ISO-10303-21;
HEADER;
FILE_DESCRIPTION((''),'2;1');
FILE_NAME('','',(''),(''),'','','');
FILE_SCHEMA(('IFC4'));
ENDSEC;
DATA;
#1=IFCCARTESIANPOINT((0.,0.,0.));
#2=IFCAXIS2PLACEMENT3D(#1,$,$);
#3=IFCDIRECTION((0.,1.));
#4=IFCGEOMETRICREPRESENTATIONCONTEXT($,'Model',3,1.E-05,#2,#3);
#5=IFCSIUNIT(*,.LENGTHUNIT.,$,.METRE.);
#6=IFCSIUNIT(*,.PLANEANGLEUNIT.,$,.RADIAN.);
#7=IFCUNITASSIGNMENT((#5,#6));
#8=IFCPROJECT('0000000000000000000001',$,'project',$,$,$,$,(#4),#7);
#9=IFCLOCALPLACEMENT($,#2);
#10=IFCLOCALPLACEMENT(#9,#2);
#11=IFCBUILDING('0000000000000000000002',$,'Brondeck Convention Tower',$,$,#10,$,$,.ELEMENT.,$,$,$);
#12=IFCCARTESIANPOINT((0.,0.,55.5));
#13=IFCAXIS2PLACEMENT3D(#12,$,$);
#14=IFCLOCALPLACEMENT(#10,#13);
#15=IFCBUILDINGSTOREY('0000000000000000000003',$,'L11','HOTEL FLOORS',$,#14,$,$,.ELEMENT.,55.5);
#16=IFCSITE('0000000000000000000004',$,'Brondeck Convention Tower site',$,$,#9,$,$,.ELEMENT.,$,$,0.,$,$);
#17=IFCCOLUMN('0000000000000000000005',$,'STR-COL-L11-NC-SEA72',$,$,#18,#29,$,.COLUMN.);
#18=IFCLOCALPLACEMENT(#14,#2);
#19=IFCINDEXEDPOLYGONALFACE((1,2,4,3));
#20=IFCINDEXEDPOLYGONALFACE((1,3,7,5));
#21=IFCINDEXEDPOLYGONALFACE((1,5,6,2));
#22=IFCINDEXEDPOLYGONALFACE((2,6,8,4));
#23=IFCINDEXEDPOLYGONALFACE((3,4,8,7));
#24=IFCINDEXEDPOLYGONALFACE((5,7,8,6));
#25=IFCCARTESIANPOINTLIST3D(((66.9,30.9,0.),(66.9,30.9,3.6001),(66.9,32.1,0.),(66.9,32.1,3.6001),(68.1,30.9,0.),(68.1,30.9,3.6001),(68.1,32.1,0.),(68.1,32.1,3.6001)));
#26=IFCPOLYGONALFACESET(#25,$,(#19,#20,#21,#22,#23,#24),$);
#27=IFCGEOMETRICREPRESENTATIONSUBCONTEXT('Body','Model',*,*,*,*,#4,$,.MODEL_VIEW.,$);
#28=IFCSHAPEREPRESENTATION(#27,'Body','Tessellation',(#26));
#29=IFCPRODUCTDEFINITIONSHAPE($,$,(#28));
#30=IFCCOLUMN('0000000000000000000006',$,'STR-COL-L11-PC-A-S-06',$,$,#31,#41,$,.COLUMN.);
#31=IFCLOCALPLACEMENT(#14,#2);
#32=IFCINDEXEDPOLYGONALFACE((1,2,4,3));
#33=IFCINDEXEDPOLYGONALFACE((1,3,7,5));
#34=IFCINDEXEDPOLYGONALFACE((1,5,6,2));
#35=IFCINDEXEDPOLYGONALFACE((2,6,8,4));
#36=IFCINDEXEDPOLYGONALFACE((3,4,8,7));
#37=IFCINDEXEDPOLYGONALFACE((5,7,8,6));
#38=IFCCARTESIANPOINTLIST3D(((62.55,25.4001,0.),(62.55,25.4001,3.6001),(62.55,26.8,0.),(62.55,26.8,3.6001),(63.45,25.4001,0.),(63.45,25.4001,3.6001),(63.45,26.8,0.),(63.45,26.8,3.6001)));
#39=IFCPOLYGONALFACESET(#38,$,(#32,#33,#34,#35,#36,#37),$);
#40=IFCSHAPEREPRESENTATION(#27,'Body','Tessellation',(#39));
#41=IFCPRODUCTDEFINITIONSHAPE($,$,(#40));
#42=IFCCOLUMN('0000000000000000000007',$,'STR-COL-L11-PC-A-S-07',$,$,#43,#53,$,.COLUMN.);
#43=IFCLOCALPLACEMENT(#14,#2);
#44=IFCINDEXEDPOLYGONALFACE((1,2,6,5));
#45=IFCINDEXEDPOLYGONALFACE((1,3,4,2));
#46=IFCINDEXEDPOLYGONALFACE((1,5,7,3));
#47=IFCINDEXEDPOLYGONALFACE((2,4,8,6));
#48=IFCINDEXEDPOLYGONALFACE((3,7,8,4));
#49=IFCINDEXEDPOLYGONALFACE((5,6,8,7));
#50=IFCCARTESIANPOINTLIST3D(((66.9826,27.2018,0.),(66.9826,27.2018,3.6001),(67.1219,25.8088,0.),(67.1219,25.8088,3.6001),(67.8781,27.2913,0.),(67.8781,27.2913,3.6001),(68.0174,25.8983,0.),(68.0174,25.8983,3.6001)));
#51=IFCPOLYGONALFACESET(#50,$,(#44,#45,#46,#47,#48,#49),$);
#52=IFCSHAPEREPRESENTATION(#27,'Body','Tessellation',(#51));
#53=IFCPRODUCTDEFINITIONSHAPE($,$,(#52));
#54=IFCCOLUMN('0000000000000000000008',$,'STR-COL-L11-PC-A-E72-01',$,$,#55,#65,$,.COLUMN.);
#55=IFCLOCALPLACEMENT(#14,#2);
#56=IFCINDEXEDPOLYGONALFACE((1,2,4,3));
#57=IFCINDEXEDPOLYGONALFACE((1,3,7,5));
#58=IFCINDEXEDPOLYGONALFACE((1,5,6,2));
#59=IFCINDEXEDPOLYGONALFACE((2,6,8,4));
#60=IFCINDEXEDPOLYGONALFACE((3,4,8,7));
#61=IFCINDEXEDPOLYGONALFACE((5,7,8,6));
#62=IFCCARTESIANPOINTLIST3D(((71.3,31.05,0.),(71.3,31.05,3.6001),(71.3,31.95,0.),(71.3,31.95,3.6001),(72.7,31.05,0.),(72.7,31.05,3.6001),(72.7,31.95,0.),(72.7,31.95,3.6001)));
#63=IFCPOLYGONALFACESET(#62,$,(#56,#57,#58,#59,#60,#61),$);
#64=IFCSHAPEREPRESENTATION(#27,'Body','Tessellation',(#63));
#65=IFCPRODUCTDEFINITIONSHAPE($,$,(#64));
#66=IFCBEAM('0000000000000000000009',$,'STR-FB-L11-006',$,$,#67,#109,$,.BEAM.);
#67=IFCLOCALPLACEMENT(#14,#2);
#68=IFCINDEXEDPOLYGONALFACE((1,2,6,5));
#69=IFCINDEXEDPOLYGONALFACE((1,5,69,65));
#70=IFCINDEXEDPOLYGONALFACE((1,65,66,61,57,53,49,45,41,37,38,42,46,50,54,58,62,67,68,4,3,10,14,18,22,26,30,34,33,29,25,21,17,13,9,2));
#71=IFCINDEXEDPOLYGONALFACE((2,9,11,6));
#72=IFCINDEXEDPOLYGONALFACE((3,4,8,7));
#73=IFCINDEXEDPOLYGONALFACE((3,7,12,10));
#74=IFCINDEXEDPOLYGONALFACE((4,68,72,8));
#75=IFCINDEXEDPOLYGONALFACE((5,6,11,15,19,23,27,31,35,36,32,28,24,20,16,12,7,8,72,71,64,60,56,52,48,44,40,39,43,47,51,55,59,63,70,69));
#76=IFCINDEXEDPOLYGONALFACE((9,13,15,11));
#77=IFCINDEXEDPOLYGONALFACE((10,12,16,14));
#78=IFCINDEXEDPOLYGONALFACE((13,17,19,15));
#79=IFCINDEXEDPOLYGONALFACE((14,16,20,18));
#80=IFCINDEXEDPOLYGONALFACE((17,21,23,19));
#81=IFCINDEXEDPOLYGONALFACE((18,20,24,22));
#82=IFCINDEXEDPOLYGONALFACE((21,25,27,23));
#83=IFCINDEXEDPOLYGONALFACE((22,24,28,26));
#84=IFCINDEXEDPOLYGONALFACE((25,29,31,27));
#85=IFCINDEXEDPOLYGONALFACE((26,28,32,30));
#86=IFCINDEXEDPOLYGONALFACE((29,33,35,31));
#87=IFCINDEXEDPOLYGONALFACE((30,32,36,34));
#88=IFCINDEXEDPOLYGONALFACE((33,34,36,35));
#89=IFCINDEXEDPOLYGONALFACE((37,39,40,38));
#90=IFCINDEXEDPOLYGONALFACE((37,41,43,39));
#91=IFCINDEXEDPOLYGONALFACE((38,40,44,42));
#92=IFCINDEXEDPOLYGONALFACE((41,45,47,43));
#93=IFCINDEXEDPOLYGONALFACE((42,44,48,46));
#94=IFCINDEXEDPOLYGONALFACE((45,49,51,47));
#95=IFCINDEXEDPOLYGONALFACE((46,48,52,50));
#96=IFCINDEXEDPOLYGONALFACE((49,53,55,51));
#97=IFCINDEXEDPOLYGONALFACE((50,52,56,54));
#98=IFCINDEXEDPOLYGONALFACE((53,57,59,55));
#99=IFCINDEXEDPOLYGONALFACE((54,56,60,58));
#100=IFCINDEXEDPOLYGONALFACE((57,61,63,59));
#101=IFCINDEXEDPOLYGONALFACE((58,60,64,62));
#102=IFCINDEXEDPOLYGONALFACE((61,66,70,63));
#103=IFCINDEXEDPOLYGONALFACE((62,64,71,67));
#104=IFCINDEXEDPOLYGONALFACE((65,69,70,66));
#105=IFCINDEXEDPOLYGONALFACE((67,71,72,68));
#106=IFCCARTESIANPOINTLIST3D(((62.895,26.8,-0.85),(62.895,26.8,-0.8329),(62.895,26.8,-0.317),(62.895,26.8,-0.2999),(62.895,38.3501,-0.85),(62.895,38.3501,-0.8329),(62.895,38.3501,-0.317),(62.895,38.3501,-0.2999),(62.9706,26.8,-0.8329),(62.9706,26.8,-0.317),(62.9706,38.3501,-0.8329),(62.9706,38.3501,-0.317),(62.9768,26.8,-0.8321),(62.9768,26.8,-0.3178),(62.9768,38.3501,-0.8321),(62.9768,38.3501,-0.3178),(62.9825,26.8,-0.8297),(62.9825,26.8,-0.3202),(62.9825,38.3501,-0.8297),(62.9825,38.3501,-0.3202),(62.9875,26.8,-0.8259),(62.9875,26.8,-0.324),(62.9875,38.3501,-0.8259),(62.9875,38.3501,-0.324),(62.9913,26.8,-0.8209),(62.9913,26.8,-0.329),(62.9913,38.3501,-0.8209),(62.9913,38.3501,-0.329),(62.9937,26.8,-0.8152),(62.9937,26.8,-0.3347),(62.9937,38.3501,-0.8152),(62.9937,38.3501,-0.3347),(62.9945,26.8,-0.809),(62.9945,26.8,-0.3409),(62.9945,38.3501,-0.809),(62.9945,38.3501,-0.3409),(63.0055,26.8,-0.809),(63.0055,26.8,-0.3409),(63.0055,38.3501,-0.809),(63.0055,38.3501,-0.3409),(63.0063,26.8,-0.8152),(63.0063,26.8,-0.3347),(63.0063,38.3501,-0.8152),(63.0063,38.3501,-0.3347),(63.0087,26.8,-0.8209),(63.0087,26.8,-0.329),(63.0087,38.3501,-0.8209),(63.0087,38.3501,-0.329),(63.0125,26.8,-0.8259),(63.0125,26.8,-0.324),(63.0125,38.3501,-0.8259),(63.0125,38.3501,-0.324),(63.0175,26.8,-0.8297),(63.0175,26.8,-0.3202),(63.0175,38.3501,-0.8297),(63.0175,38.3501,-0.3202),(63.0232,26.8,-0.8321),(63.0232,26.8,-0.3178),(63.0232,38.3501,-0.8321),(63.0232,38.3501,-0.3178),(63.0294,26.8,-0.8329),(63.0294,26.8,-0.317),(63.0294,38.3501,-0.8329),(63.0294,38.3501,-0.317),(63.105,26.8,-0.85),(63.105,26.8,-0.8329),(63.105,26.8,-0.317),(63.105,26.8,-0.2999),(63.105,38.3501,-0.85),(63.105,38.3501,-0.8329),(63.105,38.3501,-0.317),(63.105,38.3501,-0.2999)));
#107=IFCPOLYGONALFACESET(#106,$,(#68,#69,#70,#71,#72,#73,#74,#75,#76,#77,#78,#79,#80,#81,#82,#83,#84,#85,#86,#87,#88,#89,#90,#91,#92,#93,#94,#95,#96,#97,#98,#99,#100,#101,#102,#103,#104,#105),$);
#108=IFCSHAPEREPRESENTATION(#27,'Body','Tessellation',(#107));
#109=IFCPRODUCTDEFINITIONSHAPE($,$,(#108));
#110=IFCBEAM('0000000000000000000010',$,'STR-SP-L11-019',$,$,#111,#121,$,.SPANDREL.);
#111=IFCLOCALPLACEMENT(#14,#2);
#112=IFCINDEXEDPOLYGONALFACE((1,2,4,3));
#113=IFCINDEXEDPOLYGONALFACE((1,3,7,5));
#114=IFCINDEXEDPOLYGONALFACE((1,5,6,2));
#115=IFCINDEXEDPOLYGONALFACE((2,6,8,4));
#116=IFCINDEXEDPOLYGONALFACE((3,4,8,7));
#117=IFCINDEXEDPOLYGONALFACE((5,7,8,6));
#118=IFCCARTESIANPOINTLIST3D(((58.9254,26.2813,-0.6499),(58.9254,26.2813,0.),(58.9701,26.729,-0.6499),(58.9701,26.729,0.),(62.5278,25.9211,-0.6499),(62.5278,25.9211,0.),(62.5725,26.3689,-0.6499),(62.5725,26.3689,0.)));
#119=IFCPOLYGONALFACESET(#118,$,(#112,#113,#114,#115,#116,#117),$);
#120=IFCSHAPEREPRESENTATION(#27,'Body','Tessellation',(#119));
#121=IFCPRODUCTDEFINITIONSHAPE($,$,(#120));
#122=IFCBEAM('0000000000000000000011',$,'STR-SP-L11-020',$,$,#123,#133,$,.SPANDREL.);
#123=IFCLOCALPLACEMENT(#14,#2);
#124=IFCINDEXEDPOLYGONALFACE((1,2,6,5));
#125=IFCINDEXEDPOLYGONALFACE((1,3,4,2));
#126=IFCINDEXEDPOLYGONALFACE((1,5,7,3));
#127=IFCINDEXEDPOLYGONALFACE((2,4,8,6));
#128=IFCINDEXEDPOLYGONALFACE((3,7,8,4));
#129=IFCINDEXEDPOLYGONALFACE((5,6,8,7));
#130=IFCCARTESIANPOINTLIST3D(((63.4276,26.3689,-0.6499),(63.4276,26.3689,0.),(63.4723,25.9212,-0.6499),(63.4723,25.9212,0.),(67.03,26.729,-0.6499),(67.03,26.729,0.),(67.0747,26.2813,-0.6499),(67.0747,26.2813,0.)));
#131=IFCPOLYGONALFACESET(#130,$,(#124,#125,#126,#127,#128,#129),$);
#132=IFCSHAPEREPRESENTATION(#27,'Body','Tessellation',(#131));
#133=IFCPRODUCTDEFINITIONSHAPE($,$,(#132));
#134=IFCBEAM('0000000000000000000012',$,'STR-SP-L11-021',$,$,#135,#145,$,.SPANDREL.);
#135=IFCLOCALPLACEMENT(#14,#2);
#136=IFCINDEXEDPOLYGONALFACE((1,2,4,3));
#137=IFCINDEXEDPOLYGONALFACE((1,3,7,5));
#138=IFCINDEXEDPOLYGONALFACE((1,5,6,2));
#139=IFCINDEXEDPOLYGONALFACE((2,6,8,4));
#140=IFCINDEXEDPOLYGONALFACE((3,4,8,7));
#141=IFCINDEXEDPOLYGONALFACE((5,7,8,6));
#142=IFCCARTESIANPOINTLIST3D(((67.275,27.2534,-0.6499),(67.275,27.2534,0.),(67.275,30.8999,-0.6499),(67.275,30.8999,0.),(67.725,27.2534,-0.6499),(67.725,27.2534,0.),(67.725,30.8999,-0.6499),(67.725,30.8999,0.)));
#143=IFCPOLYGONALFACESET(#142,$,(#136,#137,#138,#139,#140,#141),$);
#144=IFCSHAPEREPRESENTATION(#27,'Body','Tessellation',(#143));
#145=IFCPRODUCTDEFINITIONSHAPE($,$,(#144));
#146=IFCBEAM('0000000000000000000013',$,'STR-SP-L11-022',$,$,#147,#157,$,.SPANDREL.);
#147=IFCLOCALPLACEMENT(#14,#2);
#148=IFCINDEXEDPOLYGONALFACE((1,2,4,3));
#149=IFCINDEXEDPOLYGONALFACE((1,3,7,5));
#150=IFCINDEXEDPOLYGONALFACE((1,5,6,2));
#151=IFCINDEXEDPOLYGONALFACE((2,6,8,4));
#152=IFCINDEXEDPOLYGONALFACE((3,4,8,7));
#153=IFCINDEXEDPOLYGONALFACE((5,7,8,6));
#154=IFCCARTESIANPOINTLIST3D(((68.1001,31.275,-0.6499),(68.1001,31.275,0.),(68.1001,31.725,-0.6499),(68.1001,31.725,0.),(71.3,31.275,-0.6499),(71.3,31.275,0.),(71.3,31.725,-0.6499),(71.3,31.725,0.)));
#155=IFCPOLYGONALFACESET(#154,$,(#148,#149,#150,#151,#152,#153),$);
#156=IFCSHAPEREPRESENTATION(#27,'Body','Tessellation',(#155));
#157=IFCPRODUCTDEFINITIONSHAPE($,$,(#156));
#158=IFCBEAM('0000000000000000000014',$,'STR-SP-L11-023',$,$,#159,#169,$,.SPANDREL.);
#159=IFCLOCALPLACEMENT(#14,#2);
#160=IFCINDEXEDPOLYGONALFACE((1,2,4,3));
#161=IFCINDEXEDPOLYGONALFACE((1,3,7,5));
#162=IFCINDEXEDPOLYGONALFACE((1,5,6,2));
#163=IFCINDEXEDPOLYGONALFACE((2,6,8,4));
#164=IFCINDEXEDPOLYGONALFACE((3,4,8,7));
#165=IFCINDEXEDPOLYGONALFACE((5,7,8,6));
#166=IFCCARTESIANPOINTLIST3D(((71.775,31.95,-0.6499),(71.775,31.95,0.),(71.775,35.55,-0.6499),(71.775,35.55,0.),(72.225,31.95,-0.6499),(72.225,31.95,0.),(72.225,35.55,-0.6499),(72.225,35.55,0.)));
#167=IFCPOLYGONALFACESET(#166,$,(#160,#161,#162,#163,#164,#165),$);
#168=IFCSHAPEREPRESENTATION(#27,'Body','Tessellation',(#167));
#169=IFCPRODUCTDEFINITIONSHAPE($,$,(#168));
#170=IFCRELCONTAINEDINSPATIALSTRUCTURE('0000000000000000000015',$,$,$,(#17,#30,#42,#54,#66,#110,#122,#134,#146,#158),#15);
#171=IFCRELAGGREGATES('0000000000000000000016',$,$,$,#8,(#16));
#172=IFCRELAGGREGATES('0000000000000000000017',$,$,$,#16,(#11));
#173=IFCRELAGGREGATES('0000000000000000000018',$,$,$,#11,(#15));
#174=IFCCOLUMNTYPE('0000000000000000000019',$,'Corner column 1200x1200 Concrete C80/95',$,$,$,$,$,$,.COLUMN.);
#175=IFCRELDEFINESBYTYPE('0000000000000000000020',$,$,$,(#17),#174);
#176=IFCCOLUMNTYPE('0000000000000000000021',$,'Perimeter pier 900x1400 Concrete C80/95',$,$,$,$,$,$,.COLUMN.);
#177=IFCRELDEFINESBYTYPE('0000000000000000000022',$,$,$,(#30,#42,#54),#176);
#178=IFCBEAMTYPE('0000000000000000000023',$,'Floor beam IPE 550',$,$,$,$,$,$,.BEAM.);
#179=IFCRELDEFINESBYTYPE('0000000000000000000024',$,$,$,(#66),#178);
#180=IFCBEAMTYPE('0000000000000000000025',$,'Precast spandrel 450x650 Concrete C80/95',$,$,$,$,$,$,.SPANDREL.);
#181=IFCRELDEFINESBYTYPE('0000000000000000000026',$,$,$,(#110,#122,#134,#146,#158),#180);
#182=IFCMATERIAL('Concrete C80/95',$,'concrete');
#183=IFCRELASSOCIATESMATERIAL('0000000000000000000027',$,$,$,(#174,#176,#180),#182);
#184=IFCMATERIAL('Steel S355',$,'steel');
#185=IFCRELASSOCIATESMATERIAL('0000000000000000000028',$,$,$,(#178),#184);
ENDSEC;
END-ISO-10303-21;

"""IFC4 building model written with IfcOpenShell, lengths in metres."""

from ifc_helpers import new_model, si_unit, direction, frame, origin, origin_2d, place, context, subcontext, project, spatial, rectangle, i_section, extrude, material, material_profile, profile_set, type_object, element, save


model = new_model("IFC4")

# Units and contexts
model_context = context("Model", 3, precision=1e-05, world=origin(), true_north=direction((0.0, 1.0)))
body_context = subcontext(model_context, "Body", "Model", "MODEL_VIEW")
ifc_project = project(units=[si_unit("LENGTHUNIT", "METRE"), si_unit("PLANEANGLEUNIT", "RADIAN")], contexts=[model_context])

# Site, building, storey
site_placement = place(None, origin())
site = spatial("IfcSite", under=ifc_project, at=site_placement, Name="Brondeck Convention Tower site", CompositionType="ELEMENT", RefElevation=0.0)
building_placement = place(site_placement, origin())
building = spatial("IfcBuilding", under=site, at=building_placement, Name="Brondeck Convention Tower", CompositionType="ELEMENT")
storey_placement = place(building_placement, frame((0.0, 0.0, 55.5)))
storey = spatial("IfcBuildingStorey", under=building, at=storey_placement, Name="L11", Description="HOTEL FLOORS", CompositionType="ELEMENT", Elevation=55.5)

# Columns
ifc_material_1 = material(Name="Concrete C80/95", Category="concrete")
ifc_material_profile_1 = material_profile(ifc_material_1, rectangle(XDim=1.2, YDim=1.2, at=origin_2d()), Name="Corner column 1200x1200 Concrete C80/95")
ifc_profile_set_1 = profile_set([ifc_material_profile_1], Name="Concrete C80/95")
column_type_1 = type_object("IfcColumnType", Name="Corner column 1200x1200 Concrete C80/95", PredefinedType="COLUMN", material=ifc_profile_set_1)
column_placement = place(storey_placement, frame((67.5, 31.5, 0.0), z_axis=(0.0, 0.0, 1.0), x_axis=(1.0, 0.0, 0.0)))
element("IfcColumn", 1, at=column_placement, inside=storey, type_object=column_type_1, Name="STR-COL-L11-NC-SEA72", PredefinedType="COLUMN", context=body_context, shape_type="SweptSolid", body=[
    extrude(rectangle(XDim=1.2, YDim=1.2, at=origin_2d()), origin(), (0.0, 0.0, 1.0), 3.6001),
])
ifc_material_profile_2 = material_profile(ifc_material_1, rectangle(XDim=0.8999, YDim=1.3999, at=origin_2d()), Name="Perimeter pier 900x1400 Concrete C80/95")
ifc_profile_set_2 = profile_set([ifc_material_profile_2], Name="Concrete C80/95")
column_type_2 = type_object("IfcColumnType", Name="Perimeter pier 900x1400 Concrete C80/95", PredefinedType="COLUMN", material=ifc_profile_set_2)
for number, where, z_axis, x_axis, name in (
    (2, (63.0, 26.1001, 0.0), (0.0, 0.0, 1.0), (1.0, 0.0, 0.0), "STR-COL-L11-PC-A-S-06"),
    (3, (67.5, 26.55, 0.0), (0.0, 0.0, 1.0), (0.995037, 0.099504, 0.0), "STR-COL-L11-PC-A-S-07"),
    (4, (72.0, 31.5, 0.0), (0.0, 0.0, 1.0), (0.0, 1.0, 0.0), "STR-COL-L11-PC-A-E72-01"),
):
    element("IfcColumn", number, at=place(storey_placement, frame(where, z_axis=z_axis, x_axis=x_axis)), inside=storey, type_object=column_type_2, Name=name, PredefinedType="COLUMN", context=body_context, shape_type="SweptSolid", body=[
        extrude(rectangle(XDim=0.8999, YDim=1.3999, at=origin_2d()), origin(), (0.0, 0.0, 1.0), 3.6001),
    ])

# Beams
ifc_material_2 = material(Name="Steel S355", Category="steel")
ifc_material_profile_3 = material_profile(ifc_material_2, i_section(OverallWidth=0.21, OverallDepth=0.55, WebThickness=0.011, FlangeThickness=0.0171, FilletRadius=0.0239, at=origin_2d()), Name="IPE 550")
ifc_profile_set_3 = profile_set([ifc_material_profile_3], Name="Steel S355")
beam_type_1 = type_object("IfcBeamType", Name="Floor beam IPE 550", PredefinedType="BEAM", material=ifc_profile_set_3)
beam_1_placement = place(storey_placement, frame((63.0, 26.8, -0.575), z_axis=(0.0, 1.0, 0.0), x_axis=(-1.0, 0.0, 0.0)))
element("IfcBeam", 5, at=beam_1_placement, inside=storey, type_object=beam_type_1, Name="STR-FB-L11-006", PredefinedType="BEAM", context=body_context, shape_type="SweptSolid", body=[
    extrude(i_section(OverallWidth=0.21, OverallDepth=0.55, WebThickness=0.011, FlangeThickness=0.0171, FilletRadius=0.0239, at=origin_2d()), origin(), (0.0, 0.0, 1.0), 11.55),
])
ifc_material_profile_4 = material_profile(ifc_material_1, rectangle(XDim=0.45, YDim=0.6499, at=origin_2d()), Name="Precast spandrel 450x650 Concrete C80/95")
ifc_profile_set_4 = profile_set([ifc_material_profile_4], Name="Concrete C80/95")
beam_type_2 = type_object("IfcBeamType", Name="Precast spandrel 450x650 Concrete C80/95", PredefinedType="SPANDREL", material=ifc_profile_set_4)
for number, where, z_axis, x_axis, name in (
    (6, (58.9478, 26.5051, -0.325), (0.995041, -0.09947, 0.0), (0.09947, 0.995041, 0.0), "STR-SP-L11-019"),
    (7, (63.45, 26.145, -0.325), (0.995041, 0.09947, 0.0), (-0.09947, 0.995041, 0.0), "STR-SP-L11-020"),
):
    element("IfcBeam", number, at=place(storey_placement, frame(where, z_axis=z_axis, x_axis=x_axis)), inside=storey, type_object=beam_type_2, Name=name, PredefinedType="SPANDREL", context=body_context, shape_type="SweptSolid", body=[
        extrude(rectangle(XDim=0.45, YDim=0.6499, at=origin_2d()), origin(), (0.0, 0.0, 1.0), 3.6204),
    ])
beam_2_placement = place(storey_placement, frame((67.5, 27.2534, -0.325), z_axis=(0.0, 1.0, 0.0), x_axis=(-1.0, 0.0, 0.0)))
element("IfcBeam", 8, at=beam_2_placement, inside=storey, type_object=beam_type_2, Name="STR-SP-L11-021", PredefinedType="SPANDREL", context=body_context, shape_type="SweptSolid", body=[
    extrude(rectangle(XDim=0.45, YDim=0.6499, at=origin_2d()), origin(), (0.0, 0.0, 1.0), 3.6465),
])
beam_3_placement = place(storey_placement, frame((68.1001, 31.5, -0.325), z_axis=(1.0, 0.0, 0.0), x_axis=(0.0, 1.0, 0.0)))
element("IfcBeam", 9, at=beam_3_placement, inside=storey, type_object=beam_type_2, Name="STR-SP-L11-022", PredefinedType="SPANDREL", context=body_context, shape_type="SweptSolid", body=[
    extrude(rectangle(XDim=0.45, YDim=0.6499, at=origin_2d()), origin(), (0.0, 0.0, 1.0), 3.2),
])
beam_4_placement = place(storey_placement, frame((72.0, 31.95, -0.325), z_axis=(0.0, 1.0, 0.0), x_axis=(-1.0, 0.0, 0.0)))
element("IfcBeam", 10, at=beam_4_placement, inside=storey, type_object=beam_type_2, Name="STR-SP-L11-023", PredefinedType="SPANDREL", context=body_context, shape_type="SweptSolid", body=[
    extrude(rectangle(XDim=0.45, YDim=0.6499, at=origin_2d()), origin(), (0.0, 0.0, 1.0), 3.6001),
])

save(model, "model.ifc")
